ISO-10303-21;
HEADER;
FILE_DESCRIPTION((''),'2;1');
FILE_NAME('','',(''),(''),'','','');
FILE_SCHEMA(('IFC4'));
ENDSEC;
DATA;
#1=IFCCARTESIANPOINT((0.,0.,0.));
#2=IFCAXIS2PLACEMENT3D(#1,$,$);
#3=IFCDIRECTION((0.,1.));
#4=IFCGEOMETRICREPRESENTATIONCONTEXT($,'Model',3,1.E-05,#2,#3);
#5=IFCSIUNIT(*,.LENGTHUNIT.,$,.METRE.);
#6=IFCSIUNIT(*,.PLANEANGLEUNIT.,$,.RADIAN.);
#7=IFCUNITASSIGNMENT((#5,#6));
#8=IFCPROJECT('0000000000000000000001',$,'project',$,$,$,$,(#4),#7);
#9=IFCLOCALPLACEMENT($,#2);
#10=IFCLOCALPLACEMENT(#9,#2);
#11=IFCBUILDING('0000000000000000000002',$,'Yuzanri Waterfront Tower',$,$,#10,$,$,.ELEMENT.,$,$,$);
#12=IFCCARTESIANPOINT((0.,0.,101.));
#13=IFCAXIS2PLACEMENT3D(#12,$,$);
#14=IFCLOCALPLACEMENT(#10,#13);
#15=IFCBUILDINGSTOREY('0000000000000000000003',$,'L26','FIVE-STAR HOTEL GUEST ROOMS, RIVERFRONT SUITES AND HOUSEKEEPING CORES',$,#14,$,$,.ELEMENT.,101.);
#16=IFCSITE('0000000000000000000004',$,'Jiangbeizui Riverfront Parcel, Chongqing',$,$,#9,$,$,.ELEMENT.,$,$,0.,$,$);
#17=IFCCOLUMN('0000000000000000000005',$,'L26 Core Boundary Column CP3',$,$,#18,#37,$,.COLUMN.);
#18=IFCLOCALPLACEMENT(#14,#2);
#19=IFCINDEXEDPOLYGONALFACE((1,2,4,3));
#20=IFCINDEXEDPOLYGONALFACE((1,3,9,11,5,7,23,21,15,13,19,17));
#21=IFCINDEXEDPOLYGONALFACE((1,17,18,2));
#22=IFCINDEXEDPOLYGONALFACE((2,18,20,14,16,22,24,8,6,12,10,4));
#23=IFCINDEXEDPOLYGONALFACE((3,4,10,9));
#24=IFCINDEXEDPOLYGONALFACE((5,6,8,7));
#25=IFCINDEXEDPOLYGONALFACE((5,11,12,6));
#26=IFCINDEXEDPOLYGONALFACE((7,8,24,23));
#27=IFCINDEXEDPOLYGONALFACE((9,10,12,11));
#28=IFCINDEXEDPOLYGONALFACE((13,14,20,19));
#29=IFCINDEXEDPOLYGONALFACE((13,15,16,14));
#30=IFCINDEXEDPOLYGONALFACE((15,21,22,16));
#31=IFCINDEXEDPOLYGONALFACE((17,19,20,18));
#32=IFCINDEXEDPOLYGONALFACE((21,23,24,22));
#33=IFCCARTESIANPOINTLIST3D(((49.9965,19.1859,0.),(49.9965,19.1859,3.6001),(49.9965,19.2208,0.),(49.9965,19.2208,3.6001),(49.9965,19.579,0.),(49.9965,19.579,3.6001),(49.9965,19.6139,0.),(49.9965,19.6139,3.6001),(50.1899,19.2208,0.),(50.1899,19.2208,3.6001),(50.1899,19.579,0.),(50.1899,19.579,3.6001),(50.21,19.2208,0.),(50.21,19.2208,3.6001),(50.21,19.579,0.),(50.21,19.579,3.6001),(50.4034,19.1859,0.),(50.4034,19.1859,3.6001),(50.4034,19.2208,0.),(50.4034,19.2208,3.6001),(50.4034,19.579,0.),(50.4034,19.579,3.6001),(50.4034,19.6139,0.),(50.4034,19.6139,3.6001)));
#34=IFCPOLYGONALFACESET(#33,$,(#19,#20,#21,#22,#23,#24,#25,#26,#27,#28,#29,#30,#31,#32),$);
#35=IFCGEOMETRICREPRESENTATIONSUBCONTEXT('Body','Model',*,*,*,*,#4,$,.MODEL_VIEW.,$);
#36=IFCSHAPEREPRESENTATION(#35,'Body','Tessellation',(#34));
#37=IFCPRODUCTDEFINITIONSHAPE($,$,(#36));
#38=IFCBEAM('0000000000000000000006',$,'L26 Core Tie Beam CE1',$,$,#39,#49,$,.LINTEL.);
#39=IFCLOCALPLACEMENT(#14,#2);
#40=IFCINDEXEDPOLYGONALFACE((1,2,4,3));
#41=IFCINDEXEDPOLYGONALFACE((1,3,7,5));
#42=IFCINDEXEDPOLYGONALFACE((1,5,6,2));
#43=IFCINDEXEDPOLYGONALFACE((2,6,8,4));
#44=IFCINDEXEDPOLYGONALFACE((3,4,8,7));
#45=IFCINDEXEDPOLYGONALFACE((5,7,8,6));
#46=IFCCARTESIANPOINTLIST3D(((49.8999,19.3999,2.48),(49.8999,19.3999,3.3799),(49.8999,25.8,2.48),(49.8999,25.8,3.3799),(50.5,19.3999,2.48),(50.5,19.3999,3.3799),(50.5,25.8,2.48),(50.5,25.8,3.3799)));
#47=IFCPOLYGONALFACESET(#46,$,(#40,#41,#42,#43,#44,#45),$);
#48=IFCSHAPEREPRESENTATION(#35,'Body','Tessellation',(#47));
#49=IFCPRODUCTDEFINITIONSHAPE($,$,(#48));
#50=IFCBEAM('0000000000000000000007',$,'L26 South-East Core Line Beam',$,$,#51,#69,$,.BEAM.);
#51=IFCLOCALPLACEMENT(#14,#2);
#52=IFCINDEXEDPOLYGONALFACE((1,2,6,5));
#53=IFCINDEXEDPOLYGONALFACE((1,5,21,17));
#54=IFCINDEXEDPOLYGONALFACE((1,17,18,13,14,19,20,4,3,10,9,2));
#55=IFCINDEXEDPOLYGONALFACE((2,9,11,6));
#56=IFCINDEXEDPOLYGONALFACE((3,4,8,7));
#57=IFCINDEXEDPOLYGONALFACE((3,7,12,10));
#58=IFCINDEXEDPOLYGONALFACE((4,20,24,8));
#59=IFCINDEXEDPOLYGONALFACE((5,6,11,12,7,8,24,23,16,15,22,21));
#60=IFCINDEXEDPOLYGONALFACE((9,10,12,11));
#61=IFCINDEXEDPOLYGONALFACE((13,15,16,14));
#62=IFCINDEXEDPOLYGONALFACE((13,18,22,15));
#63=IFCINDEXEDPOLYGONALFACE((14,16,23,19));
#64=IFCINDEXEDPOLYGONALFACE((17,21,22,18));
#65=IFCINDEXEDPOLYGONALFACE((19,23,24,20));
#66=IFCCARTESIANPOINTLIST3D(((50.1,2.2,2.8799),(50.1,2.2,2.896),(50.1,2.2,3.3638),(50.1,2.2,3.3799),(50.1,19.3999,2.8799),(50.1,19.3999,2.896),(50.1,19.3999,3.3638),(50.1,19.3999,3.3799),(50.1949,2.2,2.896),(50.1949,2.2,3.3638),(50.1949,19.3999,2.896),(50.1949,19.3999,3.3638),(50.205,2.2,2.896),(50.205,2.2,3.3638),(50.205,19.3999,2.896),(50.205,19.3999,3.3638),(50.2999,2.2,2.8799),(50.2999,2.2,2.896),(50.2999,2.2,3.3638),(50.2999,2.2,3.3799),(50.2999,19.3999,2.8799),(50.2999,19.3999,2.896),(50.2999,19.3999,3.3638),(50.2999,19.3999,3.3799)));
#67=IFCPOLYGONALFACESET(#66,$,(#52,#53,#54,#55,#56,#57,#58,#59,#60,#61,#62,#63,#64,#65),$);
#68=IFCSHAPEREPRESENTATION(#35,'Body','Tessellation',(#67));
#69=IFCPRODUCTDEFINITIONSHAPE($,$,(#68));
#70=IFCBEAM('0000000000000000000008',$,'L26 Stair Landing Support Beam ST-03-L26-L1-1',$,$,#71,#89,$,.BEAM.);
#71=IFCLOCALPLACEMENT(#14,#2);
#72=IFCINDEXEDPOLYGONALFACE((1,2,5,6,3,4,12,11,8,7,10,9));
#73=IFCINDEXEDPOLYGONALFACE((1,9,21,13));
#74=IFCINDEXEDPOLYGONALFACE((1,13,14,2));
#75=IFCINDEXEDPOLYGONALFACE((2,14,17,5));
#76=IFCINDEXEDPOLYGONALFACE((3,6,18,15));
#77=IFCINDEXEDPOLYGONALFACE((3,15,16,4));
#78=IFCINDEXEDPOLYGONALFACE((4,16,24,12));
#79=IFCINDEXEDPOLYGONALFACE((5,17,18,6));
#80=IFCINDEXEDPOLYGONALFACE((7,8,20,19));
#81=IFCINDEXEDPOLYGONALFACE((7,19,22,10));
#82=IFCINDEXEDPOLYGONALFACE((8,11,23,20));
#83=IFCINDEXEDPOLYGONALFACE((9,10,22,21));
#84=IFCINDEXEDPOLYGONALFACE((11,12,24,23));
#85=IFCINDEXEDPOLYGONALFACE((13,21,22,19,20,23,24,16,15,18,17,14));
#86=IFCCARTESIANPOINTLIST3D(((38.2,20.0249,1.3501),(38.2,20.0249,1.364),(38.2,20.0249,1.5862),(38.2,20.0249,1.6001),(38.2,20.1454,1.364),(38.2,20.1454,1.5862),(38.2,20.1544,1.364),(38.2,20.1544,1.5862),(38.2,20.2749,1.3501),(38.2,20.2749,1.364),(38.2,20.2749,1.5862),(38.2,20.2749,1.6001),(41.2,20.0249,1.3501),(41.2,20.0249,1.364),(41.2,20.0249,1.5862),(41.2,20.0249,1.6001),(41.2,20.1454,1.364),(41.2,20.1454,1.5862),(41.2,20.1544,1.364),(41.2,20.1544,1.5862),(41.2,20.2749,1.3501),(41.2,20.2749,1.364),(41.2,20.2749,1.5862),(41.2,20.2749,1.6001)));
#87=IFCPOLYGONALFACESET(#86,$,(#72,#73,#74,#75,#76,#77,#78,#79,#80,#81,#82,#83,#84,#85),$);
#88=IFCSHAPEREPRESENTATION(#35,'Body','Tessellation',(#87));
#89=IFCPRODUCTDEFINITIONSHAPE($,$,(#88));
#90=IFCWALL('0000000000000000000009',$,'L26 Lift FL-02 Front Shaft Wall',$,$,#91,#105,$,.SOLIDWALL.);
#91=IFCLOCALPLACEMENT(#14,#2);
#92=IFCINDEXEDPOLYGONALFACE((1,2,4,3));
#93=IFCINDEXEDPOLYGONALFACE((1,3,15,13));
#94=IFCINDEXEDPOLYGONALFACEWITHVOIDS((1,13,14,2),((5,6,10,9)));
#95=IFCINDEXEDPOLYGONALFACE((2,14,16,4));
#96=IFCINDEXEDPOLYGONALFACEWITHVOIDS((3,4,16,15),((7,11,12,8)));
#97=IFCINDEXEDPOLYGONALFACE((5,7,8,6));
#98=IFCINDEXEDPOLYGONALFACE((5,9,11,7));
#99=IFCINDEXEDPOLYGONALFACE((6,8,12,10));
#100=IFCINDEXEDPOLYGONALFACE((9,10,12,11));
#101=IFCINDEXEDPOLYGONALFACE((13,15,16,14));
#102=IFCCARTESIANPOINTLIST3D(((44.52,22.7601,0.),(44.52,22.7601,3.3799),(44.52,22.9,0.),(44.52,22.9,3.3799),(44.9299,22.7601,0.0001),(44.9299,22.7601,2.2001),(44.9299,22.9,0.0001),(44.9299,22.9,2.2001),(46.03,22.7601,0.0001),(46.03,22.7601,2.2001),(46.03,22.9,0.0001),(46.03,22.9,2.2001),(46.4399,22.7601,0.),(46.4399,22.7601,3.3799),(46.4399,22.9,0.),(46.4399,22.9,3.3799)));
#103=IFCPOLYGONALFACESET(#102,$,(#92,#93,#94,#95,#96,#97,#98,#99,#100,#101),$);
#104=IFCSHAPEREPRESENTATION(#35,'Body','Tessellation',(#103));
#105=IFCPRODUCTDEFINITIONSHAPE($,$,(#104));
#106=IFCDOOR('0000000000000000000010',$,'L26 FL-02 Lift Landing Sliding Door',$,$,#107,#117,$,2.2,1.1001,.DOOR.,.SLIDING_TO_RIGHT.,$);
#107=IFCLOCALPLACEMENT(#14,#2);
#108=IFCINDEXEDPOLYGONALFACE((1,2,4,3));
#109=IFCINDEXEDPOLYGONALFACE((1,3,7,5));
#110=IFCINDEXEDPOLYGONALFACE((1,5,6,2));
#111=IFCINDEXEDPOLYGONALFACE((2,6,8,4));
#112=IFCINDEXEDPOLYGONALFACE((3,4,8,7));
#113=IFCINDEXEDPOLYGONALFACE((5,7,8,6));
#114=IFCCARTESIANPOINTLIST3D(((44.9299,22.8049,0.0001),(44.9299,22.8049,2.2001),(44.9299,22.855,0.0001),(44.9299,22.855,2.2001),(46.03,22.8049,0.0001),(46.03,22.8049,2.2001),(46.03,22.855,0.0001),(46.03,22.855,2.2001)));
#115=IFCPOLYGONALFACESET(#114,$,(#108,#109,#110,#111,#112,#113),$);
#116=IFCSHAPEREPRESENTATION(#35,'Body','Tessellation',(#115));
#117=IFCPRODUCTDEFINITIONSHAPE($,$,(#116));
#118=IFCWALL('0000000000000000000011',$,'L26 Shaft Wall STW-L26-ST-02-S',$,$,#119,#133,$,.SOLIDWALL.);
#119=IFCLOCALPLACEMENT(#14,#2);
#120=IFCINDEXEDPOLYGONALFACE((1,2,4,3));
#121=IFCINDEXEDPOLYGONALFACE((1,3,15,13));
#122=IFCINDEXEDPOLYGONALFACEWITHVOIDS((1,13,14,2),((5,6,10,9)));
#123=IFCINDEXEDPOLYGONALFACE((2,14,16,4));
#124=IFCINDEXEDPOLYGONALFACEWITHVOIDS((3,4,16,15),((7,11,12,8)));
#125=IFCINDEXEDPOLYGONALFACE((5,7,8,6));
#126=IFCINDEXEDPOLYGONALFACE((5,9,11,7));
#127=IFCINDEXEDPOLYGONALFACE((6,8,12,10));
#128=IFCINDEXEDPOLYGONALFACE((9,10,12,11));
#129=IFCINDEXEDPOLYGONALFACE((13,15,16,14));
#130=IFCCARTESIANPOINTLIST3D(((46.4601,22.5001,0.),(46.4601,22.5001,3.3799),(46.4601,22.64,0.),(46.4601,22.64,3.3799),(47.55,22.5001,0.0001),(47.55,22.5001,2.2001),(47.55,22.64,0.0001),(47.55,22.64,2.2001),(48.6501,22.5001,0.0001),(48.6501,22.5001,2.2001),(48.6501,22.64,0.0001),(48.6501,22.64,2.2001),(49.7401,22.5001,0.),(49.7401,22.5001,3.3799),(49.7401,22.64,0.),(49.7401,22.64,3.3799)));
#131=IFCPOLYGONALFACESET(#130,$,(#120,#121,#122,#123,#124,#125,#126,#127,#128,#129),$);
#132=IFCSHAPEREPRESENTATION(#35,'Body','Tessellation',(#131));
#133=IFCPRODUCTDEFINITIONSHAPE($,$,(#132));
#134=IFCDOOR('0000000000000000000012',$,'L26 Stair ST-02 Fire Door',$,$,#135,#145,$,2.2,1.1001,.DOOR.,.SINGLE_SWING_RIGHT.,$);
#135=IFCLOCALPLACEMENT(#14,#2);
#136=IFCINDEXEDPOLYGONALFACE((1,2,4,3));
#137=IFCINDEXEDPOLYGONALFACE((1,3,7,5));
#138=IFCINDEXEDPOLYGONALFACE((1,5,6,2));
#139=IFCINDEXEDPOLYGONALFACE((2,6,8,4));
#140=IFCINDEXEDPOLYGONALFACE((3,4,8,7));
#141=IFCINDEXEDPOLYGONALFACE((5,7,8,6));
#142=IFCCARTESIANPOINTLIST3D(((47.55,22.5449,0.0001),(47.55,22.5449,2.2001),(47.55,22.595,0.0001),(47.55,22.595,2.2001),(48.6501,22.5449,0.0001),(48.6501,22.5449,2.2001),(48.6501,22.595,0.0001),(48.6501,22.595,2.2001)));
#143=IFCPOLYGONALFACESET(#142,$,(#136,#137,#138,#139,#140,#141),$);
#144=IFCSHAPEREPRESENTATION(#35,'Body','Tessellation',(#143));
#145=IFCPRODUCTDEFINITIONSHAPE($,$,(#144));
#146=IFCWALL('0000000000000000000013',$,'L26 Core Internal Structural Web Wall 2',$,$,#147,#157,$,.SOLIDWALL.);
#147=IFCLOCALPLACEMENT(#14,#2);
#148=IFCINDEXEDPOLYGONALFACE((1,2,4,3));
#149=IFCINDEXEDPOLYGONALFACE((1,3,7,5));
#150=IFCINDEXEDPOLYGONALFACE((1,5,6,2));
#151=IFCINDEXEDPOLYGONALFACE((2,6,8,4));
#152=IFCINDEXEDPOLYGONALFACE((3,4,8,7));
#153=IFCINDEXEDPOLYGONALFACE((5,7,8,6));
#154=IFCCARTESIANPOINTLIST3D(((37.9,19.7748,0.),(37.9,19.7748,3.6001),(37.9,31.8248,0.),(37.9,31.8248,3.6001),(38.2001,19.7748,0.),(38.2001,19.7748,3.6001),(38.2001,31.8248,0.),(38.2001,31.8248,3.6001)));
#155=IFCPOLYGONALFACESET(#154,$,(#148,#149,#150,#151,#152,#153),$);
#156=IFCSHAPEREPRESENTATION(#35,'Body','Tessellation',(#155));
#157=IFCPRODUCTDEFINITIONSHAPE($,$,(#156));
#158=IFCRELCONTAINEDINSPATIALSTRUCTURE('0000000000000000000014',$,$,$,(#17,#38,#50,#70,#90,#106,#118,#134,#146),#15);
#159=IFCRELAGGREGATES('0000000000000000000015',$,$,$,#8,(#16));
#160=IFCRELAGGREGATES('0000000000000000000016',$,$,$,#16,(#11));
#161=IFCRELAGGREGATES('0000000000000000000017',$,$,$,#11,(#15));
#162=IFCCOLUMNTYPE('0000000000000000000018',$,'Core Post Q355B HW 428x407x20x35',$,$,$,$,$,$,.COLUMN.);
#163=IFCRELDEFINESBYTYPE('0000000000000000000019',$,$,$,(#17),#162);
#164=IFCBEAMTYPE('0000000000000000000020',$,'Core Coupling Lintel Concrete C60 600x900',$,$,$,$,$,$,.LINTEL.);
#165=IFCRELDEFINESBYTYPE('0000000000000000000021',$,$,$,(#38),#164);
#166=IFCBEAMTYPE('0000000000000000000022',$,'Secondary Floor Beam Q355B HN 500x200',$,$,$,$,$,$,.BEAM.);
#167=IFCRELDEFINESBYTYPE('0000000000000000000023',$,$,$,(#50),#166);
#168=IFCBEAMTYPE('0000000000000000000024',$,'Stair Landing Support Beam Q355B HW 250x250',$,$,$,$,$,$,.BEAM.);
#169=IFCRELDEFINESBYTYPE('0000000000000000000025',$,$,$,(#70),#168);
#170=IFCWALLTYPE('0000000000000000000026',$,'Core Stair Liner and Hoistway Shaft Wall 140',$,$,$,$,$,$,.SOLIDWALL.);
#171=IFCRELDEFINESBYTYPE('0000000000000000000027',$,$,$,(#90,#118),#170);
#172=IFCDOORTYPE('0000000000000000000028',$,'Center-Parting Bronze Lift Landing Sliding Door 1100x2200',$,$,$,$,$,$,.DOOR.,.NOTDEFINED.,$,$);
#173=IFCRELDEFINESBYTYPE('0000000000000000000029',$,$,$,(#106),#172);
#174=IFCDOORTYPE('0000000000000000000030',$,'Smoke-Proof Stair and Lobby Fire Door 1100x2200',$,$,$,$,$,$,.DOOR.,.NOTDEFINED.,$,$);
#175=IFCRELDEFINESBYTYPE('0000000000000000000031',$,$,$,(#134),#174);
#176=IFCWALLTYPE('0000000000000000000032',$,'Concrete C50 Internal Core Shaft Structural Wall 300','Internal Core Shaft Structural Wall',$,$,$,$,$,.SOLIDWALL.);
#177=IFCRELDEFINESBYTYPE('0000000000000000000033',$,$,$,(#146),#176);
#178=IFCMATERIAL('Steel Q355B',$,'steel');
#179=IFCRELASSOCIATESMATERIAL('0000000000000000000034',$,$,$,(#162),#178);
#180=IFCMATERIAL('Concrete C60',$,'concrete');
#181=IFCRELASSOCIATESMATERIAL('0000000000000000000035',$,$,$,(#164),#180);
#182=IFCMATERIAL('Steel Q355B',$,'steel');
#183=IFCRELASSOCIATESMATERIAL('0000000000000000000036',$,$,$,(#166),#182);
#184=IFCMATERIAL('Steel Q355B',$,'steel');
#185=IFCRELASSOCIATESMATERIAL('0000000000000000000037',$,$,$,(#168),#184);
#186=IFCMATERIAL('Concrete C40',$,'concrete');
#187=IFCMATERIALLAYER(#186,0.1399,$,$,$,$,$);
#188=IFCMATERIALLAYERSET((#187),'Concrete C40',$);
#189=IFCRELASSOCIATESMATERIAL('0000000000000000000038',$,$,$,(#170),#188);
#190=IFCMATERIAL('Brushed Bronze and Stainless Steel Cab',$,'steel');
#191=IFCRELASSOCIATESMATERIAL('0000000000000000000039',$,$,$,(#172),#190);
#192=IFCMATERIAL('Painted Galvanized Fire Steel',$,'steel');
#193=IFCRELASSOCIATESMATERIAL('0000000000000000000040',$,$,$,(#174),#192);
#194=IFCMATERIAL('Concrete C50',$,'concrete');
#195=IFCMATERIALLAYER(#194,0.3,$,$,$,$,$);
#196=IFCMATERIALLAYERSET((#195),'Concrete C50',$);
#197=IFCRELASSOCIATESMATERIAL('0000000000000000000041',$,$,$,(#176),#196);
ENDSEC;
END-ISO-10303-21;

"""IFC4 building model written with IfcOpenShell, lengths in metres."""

from ifc_helpers import new_model, si_unit, direction, frame, frame_2d, origin, origin_2d, place, context, subcontext, project, spatial, rectangle, i_section, extrude, source, transform, mapped, material, layer, layer_set, material_profile, profile_set, type_object, element, fill, save


model = new_model("IFC4")

# Units and contexts
model_context = context("Model", 3, precision=1e-05, world=origin(), true_north=direction((0.0, 1.0)))
body_context = subcontext(model_context, "Body", "Model", "MODEL_VIEW")
ifc_project = project(units=[si_unit("LENGTHUNIT", "METRE"), si_unit("PLANEANGLEUNIT", "RADIAN")], contexts=[model_context])

# Site, building, storey
site_placement = place(None, origin())
site = spatial("IfcSite", under=ifc_project, at=site_placement, Name="Jiangbeizui Riverfront Parcel, Chongqing", CompositionType="ELEMENT", RefElevation=0.0)
building_placement = place(site_placement, origin())
building = spatial("IfcBuilding", under=site, at=building_placement, Name="Yuzanri Waterfront Tower", CompositionType="ELEMENT")
storey_placement = place(building_placement, frame((0.0, 0.0, 101.0)))
storey = spatial("IfcBuildingStorey", under=building, at=storey_placement, Name="L26", Description="FIVE-STAR HOTEL GUEST ROOMS, RIVERFRONT SUITES AND HOUSEKEEPING CORES", CompositionType="ELEMENT", Elevation=101.0)

# Column
ifc_material_1 = material(Name="Steel Q355B", Category="steel")
ifc_material_profile_1 = material_profile(ifc_material_1, i_section(OverallWidth=0.407, OverallDepth=0.428, WebThickness=0.02, FlangeThickness=0.0349, at=origin_2d()), Name="HW 428x407x20x35")
ifc_profile_set_1 = profile_set([ifc_material_profile_1], Name="Steel Q355B")
column_type = type_object("IfcColumnType", Name="Core Post Q355B HW 428x407x20x35", PredefinedType="COLUMN", material=ifc_profile_set_1)
shared_shape_1 = source(origin(), body_context, "Body", "SweptSolid", [
    extrude(i_section(OverallWidth=0.407, OverallDepth=0.428, WebThickness=0.02, FlangeThickness=0.0349, at=origin_2d()), origin(), (0.0, 0.0, 1.0), 3.6001),
])
column_placement = place(storey_placement, frame((50.2, 19.3999, 0.0), z_axis=(0.0, 0.0, 1.0), x_axis=(1.0, 0.0, 0.0)))
element("IfcColumn", 1, at=column_placement, inside=storey, type_object=column_type, Name="L26 Core Boundary Column CP3", PredefinedType="COLUMN", context=body_context, shape_type="MappedRepresentation", body=[
    mapped(shared_shape_1, transform((0.0, 0.0, 0.0), scale=1.0)),
])

# Beams
ifc_material_2 = material(Name="Concrete C60", Category="concrete")
ifc_material_profile_2 = material_profile(ifc_material_2, rectangle(XDim=0.6001, YDim=0.8999, at=origin_2d()), Name="RC 600x900")
ifc_profile_set_2 = profile_set([ifc_material_profile_2], Name="Concrete C60")
beam_type_1 = type_object("IfcBeamType", Name="Core Coupling Lintel Concrete C60 600x900", PredefinedType="LINTEL", material=ifc_profile_set_2)
shared_shape_2 = source(origin(), body_context, "Body", "SweptSolid", [
    extrude(rectangle(XDim=0.6001, YDim=0.8999, at=origin_2d()), origin(), (0.0, 0.0, 1.0), 6.4001),
])
beam_1_placement = place(storey_placement, frame((50.2, 19.3999, 2.9299), z_axis=(0.0, 1.0, 0.0), x_axis=(-1.0, 0.0, 0.0)))
element("IfcBeam", 2, at=beam_1_placement, inside=storey, type_object=beam_type_1, Name="L26 Core Tie Beam CE1", PredefinedType="LINTEL", context=body_context, shape_type="MappedRepresentation", body=[
    mapped(shared_shape_2, transform((0.0, 0.0, 0.0), scale=1.0)),
])
ifc_material_3 = material(Name="Steel Q355B", Category="steel")
ifc_material_profile_3 = material_profile(ifc_material_3, i_section(OverallWidth=0.2, OverallDepth=0.5, WebThickness=0.01, FlangeThickness=0.0161, at=origin_2d()), Name="HN 500x200x10x16")
ifc_profile_set_3 = profile_set([ifc_material_profile_3], Name="Steel Q355B")
beam_type_2 = type_object("IfcBeamType", Name="Secondary Floor Beam Q355B HN 500x200", PredefinedType="BEAM", material=ifc_profile_set_3)
shared_shape_3 = source(origin(), body_context, "Body", "SweptSolid", [
    extrude(i_section(OverallWidth=0.2, OverallDepth=0.5, WebThickness=0.01, FlangeThickness=0.0161, at=origin_2d()), origin(), (0.0, 0.0, 1.0), 17.2),
])
beam_2_placement = place(storey_placement, frame((50.2, 19.3999, 3.1299), z_axis=(0.0, -1.0, 0.0), x_axis=(1.0, 0.0, 0.0)))
element("IfcBeam", 3, at=beam_2_placement, inside=storey, type_object=beam_type_2, Name="L26 South-East Core Line Beam", PredefinedType="BEAM", context=body_context, shape_type="MappedRepresentation", body=[
    mapped(shared_shape_3, transform((0.0, 0.0, 0.0), scale=1.0)),
])
ifc_material_4 = material(Name="Steel Q355B", Category="steel")
ifc_material_profile_4 = material_profile(ifc_material_4, i_section(OverallWidth=0.25, OverallDepth=0.25, WebThickness=0.009, FlangeThickness=0.0139, at=origin_2d()), Name="HW 250x250x9x14")
ifc_profile_set_4 = profile_set([ifc_material_profile_4], Name="Steel Q355B")
beam_type_3 = type_object("IfcBeamType", Name="Stair Landing Support Beam Q355B HW 250x250", PredefinedType="BEAM", material=ifc_profile_set_4)
shared_shape_4 = source(origin(), body_context, "Body", "SweptSolid", [
    extrude(i_section(OverallWidth=0.25, OverallDepth=0.25, WebThickness=0.009, FlangeThickness=0.0139, at=origin_2d()), origin(), (0.0, 0.0, 1.0), 3.0),
])
beam_3_placement = place(storey_placement, frame((38.2, 20.1499, 1.4751), z_axis=(1.0, 0.0, 0.0), x_axis=(0.0, 1.0, 0.0)))
element("IfcBeam", 4, at=beam_3_placement, inside=storey, type_object=beam_type_3, Name="L26 Stair Landing Support Beam ST-03-L26-L1-1", PredefinedType="BEAM", context=body_context, shape_type="MappedRepresentation", body=[
    mapped(shared_shape_4, transform((0.0, 0.0, 0.0), scale=1.0)),
])

# Walls, openings, doors
ifc_material_5 = material(Name="Concrete C40", Category="concrete")
ifc_layer_1 = layer(ifc_material_5, 0.1399)
ifc_layer_set_1 = layer_set([ifc_layer_1], Name="Concrete C40")
wall_type_1 = type_object("IfcWallType", Name="Core Stair Liner and Hoistway Shaft Wall 140", PredefinedType="SOLIDWALL", material=ifc_layer_set_1)
wall_1_placement = place(storey_placement, frame((44.52, 22.8301, 0.0), z_axis=(0.0, 0.0, 1.0), x_axis=(1.0, 0.0, 0.0)))
wall_1 = element("IfcWall", 5, at=wall_1_placement, inside=storey, type_object=wall_type_1, Name="L26 Lift FL-02 Front Shaft Wall", PredefinedType="SOLIDWALL", context=body_context, shape_type="SweptSolid", body=[
    extrude(rectangle(XDim=1.9199, YDim=0.1399, at=frame_2d((0.96, 0.0))), origin(), (0.0, 0.0, 1.0), 3.3799),
])
opening_1_placement = place(wall_1_placement, frame((0.4099, 0.0, 0.0)))
opening_1 = element("IfcOpeningElement", 6, at=opening_1_placement, cuts=wall_1, PredefinedType="OPENING", context=body_context, shape_type="SweptSolid", body=[
    extrude(rectangle(XDim=1.1001, YDim=2.2, at=frame_2d((0.55, 1.1001))), frame((0.0, 0.085, 0.0), z_axis=(0.0, -1.0, 0.0), x_axis=(1.0, 0.0, 0.0)), (0.0, 0.0, 1.0), 0.1697),
])
ifc_material_6 = material(Name="Brushed Bronze and Stainless Steel Cab", Category="steel")
door_type_1 = type_object("IfcDoorType", Name="Center-Parting Bronze Lift Landing Sliding Door 1100x2200", OperationType="NOTDEFINED", PredefinedType="DOOR", material=ifc_material_6)
shared_shape_5 = source(origin(), body_context, "Body", "SweptSolid", [
    extrude(rectangle(XDim=1.1001, YDim=2.2, at=frame_2d((0.55, 1.1001))), frame((0.0, 0.0249, 0.0), z_axis=(0.0, -1.0, 0.0), x_axis=(1.0, 0.0, 0.0)), (0.0, 0.0, 1.0), 0.05),
])
door_1_placement = place(opening_1_placement, origin())
door_1 = element("IfcDoor", 7, at=door_1_placement, inside=storey, type_object=door_type_1, Name="L26 FL-02 Lift Landing Sliding Door", OperationType="SLIDING_TO_RIGHT", OverallHeight=2.2, OverallWidth=1.1001, PredefinedType="DOOR", context=body_context, shape_type="MappedRepresentation", body=[
    mapped(shared_shape_5, transform((0.0, 0.0, 0.0), scale=1.0)),
])
fill(opening_1, door_1)
wall_2_placement = place(storey_placement, frame((46.46, 22.5701, 0.0), z_axis=(0.0, 0.0, 1.0), x_axis=(1.0, 0.0, 0.0)))
wall_2 = element("IfcWall", 8, at=wall_2_placement, inside=storey, type_object=wall_type_1, Name="L26 Shaft Wall STW-L26-ST-02-S", PredefinedType="SOLIDWALL", context=body_context, shape_type="SweptSolid", body=[
    extrude(rectangle(XDim=3.28, YDim=0.1399, at=frame_2d((1.6401, 0.0))), origin(), (0.0, 0.0, 1.0), 3.3799),
])
opening_2_placement = place(wall_2_placement, frame((1.0901, 0.0, 0.0)))
opening_2 = element("IfcOpeningElement", 9, at=opening_2_placement, cuts=wall_2, PredefinedType="OPENING", context=body_context, shape_type="SweptSolid", body=[
    extrude(rectangle(XDim=1.1001, YDim=2.2, at=frame_2d((0.55, 1.1001))), frame((0.0, 0.085, 0.0), z_axis=(0.0, -1.0, 0.0), x_axis=(1.0, 0.0, 0.0)), (0.0, 0.0, 1.0), 0.1697),
])
ifc_material_7 = material(Name="Painted Galvanized Fire Steel", Category="steel")
door_type_2 = type_object("IfcDoorType", Name="Smoke-Proof Stair and Lobby Fire Door 1100x2200", OperationType="NOTDEFINED", PredefinedType="DOOR", material=ifc_material_7)
shared_shape_6 = source(origin(), body_context, "Body", "SweptSolid", [
    extrude(rectangle(XDim=1.1001, YDim=2.2, at=frame_2d((0.55, 1.1001))), frame((0.0, 0.0249, 0.0), z_axis=(0.0, -1.0, 0.0), x_axis=(1.0, 0.0, 0.0)), (0.0, 0.0, 1.0), 0.05),
])
door_2_placement = place(opening_2_placement, origin())
door_2 = element("IfcDoor", 10, at=door_2_placement, inside=storey, type_object=door_type_2, Name="L26 Stair ST-02 Fire Door", OperationType="SINGLE_SWING_RIGHT", OverallHeight=2.2, OverallWidth=1.1001, PredefinedType="DOOR", context=body_context, shape_type="MappedRepresentation", body=[
    mapped(shared_shape_6, transform((0.0, 0.0, 0.0), scale=1.0)),
])
fill(opening_2, door_2)

# Wall
ifc_material_8 = material(Name="Concrete C50", Category="concrete")
ifc_layer_2 = layer(ifc_material_8, 0.3)
ifc_layer_set_2 = layer_set([ifc_layer_2], Name="Concrete C50")
wall_type_2 = type_object("IfcWallType", Name="Concrete C50 Internal Core Shaft Structural Wall 300", Description="Internal Core Shaft Structural Wall", PredefinedType="SOLIDWALL", material=ifc_layer_set_2)
shared_shape_7 = source(origin(), body_context, "Body", "SweptSolid", [
    extrude(rectangle(XDim=12.05, YDim=0.3, at=frame_2d((6.0249, 0.0))), origin(), (0.0, 0.0, 1.0), 3.6001),
])
for number, where, z_axis, x_axis, name in (
    (11, (38.05, 19.7749, 0.0), (0.0, 0.0, 1.0), (0.0, 1.0, 0.0), "L26 Core Internal Structural Web Wall 2"),
):
    element("IfcWall", number, at=place(storey_placement, frame(where, z_axis=z_axis, x_axis=x_axis)), inside=storey, type_object=wall_type_2, Name=name, PredefinedType="SOLIDWALL", context=body_context, shape_type="MappedRepresentation", body=[
        mapped(shared_shape_7, transform((0.0, 0.0, 0.0), scale=1.0)),
    ])

save(model, "model.ifc")
